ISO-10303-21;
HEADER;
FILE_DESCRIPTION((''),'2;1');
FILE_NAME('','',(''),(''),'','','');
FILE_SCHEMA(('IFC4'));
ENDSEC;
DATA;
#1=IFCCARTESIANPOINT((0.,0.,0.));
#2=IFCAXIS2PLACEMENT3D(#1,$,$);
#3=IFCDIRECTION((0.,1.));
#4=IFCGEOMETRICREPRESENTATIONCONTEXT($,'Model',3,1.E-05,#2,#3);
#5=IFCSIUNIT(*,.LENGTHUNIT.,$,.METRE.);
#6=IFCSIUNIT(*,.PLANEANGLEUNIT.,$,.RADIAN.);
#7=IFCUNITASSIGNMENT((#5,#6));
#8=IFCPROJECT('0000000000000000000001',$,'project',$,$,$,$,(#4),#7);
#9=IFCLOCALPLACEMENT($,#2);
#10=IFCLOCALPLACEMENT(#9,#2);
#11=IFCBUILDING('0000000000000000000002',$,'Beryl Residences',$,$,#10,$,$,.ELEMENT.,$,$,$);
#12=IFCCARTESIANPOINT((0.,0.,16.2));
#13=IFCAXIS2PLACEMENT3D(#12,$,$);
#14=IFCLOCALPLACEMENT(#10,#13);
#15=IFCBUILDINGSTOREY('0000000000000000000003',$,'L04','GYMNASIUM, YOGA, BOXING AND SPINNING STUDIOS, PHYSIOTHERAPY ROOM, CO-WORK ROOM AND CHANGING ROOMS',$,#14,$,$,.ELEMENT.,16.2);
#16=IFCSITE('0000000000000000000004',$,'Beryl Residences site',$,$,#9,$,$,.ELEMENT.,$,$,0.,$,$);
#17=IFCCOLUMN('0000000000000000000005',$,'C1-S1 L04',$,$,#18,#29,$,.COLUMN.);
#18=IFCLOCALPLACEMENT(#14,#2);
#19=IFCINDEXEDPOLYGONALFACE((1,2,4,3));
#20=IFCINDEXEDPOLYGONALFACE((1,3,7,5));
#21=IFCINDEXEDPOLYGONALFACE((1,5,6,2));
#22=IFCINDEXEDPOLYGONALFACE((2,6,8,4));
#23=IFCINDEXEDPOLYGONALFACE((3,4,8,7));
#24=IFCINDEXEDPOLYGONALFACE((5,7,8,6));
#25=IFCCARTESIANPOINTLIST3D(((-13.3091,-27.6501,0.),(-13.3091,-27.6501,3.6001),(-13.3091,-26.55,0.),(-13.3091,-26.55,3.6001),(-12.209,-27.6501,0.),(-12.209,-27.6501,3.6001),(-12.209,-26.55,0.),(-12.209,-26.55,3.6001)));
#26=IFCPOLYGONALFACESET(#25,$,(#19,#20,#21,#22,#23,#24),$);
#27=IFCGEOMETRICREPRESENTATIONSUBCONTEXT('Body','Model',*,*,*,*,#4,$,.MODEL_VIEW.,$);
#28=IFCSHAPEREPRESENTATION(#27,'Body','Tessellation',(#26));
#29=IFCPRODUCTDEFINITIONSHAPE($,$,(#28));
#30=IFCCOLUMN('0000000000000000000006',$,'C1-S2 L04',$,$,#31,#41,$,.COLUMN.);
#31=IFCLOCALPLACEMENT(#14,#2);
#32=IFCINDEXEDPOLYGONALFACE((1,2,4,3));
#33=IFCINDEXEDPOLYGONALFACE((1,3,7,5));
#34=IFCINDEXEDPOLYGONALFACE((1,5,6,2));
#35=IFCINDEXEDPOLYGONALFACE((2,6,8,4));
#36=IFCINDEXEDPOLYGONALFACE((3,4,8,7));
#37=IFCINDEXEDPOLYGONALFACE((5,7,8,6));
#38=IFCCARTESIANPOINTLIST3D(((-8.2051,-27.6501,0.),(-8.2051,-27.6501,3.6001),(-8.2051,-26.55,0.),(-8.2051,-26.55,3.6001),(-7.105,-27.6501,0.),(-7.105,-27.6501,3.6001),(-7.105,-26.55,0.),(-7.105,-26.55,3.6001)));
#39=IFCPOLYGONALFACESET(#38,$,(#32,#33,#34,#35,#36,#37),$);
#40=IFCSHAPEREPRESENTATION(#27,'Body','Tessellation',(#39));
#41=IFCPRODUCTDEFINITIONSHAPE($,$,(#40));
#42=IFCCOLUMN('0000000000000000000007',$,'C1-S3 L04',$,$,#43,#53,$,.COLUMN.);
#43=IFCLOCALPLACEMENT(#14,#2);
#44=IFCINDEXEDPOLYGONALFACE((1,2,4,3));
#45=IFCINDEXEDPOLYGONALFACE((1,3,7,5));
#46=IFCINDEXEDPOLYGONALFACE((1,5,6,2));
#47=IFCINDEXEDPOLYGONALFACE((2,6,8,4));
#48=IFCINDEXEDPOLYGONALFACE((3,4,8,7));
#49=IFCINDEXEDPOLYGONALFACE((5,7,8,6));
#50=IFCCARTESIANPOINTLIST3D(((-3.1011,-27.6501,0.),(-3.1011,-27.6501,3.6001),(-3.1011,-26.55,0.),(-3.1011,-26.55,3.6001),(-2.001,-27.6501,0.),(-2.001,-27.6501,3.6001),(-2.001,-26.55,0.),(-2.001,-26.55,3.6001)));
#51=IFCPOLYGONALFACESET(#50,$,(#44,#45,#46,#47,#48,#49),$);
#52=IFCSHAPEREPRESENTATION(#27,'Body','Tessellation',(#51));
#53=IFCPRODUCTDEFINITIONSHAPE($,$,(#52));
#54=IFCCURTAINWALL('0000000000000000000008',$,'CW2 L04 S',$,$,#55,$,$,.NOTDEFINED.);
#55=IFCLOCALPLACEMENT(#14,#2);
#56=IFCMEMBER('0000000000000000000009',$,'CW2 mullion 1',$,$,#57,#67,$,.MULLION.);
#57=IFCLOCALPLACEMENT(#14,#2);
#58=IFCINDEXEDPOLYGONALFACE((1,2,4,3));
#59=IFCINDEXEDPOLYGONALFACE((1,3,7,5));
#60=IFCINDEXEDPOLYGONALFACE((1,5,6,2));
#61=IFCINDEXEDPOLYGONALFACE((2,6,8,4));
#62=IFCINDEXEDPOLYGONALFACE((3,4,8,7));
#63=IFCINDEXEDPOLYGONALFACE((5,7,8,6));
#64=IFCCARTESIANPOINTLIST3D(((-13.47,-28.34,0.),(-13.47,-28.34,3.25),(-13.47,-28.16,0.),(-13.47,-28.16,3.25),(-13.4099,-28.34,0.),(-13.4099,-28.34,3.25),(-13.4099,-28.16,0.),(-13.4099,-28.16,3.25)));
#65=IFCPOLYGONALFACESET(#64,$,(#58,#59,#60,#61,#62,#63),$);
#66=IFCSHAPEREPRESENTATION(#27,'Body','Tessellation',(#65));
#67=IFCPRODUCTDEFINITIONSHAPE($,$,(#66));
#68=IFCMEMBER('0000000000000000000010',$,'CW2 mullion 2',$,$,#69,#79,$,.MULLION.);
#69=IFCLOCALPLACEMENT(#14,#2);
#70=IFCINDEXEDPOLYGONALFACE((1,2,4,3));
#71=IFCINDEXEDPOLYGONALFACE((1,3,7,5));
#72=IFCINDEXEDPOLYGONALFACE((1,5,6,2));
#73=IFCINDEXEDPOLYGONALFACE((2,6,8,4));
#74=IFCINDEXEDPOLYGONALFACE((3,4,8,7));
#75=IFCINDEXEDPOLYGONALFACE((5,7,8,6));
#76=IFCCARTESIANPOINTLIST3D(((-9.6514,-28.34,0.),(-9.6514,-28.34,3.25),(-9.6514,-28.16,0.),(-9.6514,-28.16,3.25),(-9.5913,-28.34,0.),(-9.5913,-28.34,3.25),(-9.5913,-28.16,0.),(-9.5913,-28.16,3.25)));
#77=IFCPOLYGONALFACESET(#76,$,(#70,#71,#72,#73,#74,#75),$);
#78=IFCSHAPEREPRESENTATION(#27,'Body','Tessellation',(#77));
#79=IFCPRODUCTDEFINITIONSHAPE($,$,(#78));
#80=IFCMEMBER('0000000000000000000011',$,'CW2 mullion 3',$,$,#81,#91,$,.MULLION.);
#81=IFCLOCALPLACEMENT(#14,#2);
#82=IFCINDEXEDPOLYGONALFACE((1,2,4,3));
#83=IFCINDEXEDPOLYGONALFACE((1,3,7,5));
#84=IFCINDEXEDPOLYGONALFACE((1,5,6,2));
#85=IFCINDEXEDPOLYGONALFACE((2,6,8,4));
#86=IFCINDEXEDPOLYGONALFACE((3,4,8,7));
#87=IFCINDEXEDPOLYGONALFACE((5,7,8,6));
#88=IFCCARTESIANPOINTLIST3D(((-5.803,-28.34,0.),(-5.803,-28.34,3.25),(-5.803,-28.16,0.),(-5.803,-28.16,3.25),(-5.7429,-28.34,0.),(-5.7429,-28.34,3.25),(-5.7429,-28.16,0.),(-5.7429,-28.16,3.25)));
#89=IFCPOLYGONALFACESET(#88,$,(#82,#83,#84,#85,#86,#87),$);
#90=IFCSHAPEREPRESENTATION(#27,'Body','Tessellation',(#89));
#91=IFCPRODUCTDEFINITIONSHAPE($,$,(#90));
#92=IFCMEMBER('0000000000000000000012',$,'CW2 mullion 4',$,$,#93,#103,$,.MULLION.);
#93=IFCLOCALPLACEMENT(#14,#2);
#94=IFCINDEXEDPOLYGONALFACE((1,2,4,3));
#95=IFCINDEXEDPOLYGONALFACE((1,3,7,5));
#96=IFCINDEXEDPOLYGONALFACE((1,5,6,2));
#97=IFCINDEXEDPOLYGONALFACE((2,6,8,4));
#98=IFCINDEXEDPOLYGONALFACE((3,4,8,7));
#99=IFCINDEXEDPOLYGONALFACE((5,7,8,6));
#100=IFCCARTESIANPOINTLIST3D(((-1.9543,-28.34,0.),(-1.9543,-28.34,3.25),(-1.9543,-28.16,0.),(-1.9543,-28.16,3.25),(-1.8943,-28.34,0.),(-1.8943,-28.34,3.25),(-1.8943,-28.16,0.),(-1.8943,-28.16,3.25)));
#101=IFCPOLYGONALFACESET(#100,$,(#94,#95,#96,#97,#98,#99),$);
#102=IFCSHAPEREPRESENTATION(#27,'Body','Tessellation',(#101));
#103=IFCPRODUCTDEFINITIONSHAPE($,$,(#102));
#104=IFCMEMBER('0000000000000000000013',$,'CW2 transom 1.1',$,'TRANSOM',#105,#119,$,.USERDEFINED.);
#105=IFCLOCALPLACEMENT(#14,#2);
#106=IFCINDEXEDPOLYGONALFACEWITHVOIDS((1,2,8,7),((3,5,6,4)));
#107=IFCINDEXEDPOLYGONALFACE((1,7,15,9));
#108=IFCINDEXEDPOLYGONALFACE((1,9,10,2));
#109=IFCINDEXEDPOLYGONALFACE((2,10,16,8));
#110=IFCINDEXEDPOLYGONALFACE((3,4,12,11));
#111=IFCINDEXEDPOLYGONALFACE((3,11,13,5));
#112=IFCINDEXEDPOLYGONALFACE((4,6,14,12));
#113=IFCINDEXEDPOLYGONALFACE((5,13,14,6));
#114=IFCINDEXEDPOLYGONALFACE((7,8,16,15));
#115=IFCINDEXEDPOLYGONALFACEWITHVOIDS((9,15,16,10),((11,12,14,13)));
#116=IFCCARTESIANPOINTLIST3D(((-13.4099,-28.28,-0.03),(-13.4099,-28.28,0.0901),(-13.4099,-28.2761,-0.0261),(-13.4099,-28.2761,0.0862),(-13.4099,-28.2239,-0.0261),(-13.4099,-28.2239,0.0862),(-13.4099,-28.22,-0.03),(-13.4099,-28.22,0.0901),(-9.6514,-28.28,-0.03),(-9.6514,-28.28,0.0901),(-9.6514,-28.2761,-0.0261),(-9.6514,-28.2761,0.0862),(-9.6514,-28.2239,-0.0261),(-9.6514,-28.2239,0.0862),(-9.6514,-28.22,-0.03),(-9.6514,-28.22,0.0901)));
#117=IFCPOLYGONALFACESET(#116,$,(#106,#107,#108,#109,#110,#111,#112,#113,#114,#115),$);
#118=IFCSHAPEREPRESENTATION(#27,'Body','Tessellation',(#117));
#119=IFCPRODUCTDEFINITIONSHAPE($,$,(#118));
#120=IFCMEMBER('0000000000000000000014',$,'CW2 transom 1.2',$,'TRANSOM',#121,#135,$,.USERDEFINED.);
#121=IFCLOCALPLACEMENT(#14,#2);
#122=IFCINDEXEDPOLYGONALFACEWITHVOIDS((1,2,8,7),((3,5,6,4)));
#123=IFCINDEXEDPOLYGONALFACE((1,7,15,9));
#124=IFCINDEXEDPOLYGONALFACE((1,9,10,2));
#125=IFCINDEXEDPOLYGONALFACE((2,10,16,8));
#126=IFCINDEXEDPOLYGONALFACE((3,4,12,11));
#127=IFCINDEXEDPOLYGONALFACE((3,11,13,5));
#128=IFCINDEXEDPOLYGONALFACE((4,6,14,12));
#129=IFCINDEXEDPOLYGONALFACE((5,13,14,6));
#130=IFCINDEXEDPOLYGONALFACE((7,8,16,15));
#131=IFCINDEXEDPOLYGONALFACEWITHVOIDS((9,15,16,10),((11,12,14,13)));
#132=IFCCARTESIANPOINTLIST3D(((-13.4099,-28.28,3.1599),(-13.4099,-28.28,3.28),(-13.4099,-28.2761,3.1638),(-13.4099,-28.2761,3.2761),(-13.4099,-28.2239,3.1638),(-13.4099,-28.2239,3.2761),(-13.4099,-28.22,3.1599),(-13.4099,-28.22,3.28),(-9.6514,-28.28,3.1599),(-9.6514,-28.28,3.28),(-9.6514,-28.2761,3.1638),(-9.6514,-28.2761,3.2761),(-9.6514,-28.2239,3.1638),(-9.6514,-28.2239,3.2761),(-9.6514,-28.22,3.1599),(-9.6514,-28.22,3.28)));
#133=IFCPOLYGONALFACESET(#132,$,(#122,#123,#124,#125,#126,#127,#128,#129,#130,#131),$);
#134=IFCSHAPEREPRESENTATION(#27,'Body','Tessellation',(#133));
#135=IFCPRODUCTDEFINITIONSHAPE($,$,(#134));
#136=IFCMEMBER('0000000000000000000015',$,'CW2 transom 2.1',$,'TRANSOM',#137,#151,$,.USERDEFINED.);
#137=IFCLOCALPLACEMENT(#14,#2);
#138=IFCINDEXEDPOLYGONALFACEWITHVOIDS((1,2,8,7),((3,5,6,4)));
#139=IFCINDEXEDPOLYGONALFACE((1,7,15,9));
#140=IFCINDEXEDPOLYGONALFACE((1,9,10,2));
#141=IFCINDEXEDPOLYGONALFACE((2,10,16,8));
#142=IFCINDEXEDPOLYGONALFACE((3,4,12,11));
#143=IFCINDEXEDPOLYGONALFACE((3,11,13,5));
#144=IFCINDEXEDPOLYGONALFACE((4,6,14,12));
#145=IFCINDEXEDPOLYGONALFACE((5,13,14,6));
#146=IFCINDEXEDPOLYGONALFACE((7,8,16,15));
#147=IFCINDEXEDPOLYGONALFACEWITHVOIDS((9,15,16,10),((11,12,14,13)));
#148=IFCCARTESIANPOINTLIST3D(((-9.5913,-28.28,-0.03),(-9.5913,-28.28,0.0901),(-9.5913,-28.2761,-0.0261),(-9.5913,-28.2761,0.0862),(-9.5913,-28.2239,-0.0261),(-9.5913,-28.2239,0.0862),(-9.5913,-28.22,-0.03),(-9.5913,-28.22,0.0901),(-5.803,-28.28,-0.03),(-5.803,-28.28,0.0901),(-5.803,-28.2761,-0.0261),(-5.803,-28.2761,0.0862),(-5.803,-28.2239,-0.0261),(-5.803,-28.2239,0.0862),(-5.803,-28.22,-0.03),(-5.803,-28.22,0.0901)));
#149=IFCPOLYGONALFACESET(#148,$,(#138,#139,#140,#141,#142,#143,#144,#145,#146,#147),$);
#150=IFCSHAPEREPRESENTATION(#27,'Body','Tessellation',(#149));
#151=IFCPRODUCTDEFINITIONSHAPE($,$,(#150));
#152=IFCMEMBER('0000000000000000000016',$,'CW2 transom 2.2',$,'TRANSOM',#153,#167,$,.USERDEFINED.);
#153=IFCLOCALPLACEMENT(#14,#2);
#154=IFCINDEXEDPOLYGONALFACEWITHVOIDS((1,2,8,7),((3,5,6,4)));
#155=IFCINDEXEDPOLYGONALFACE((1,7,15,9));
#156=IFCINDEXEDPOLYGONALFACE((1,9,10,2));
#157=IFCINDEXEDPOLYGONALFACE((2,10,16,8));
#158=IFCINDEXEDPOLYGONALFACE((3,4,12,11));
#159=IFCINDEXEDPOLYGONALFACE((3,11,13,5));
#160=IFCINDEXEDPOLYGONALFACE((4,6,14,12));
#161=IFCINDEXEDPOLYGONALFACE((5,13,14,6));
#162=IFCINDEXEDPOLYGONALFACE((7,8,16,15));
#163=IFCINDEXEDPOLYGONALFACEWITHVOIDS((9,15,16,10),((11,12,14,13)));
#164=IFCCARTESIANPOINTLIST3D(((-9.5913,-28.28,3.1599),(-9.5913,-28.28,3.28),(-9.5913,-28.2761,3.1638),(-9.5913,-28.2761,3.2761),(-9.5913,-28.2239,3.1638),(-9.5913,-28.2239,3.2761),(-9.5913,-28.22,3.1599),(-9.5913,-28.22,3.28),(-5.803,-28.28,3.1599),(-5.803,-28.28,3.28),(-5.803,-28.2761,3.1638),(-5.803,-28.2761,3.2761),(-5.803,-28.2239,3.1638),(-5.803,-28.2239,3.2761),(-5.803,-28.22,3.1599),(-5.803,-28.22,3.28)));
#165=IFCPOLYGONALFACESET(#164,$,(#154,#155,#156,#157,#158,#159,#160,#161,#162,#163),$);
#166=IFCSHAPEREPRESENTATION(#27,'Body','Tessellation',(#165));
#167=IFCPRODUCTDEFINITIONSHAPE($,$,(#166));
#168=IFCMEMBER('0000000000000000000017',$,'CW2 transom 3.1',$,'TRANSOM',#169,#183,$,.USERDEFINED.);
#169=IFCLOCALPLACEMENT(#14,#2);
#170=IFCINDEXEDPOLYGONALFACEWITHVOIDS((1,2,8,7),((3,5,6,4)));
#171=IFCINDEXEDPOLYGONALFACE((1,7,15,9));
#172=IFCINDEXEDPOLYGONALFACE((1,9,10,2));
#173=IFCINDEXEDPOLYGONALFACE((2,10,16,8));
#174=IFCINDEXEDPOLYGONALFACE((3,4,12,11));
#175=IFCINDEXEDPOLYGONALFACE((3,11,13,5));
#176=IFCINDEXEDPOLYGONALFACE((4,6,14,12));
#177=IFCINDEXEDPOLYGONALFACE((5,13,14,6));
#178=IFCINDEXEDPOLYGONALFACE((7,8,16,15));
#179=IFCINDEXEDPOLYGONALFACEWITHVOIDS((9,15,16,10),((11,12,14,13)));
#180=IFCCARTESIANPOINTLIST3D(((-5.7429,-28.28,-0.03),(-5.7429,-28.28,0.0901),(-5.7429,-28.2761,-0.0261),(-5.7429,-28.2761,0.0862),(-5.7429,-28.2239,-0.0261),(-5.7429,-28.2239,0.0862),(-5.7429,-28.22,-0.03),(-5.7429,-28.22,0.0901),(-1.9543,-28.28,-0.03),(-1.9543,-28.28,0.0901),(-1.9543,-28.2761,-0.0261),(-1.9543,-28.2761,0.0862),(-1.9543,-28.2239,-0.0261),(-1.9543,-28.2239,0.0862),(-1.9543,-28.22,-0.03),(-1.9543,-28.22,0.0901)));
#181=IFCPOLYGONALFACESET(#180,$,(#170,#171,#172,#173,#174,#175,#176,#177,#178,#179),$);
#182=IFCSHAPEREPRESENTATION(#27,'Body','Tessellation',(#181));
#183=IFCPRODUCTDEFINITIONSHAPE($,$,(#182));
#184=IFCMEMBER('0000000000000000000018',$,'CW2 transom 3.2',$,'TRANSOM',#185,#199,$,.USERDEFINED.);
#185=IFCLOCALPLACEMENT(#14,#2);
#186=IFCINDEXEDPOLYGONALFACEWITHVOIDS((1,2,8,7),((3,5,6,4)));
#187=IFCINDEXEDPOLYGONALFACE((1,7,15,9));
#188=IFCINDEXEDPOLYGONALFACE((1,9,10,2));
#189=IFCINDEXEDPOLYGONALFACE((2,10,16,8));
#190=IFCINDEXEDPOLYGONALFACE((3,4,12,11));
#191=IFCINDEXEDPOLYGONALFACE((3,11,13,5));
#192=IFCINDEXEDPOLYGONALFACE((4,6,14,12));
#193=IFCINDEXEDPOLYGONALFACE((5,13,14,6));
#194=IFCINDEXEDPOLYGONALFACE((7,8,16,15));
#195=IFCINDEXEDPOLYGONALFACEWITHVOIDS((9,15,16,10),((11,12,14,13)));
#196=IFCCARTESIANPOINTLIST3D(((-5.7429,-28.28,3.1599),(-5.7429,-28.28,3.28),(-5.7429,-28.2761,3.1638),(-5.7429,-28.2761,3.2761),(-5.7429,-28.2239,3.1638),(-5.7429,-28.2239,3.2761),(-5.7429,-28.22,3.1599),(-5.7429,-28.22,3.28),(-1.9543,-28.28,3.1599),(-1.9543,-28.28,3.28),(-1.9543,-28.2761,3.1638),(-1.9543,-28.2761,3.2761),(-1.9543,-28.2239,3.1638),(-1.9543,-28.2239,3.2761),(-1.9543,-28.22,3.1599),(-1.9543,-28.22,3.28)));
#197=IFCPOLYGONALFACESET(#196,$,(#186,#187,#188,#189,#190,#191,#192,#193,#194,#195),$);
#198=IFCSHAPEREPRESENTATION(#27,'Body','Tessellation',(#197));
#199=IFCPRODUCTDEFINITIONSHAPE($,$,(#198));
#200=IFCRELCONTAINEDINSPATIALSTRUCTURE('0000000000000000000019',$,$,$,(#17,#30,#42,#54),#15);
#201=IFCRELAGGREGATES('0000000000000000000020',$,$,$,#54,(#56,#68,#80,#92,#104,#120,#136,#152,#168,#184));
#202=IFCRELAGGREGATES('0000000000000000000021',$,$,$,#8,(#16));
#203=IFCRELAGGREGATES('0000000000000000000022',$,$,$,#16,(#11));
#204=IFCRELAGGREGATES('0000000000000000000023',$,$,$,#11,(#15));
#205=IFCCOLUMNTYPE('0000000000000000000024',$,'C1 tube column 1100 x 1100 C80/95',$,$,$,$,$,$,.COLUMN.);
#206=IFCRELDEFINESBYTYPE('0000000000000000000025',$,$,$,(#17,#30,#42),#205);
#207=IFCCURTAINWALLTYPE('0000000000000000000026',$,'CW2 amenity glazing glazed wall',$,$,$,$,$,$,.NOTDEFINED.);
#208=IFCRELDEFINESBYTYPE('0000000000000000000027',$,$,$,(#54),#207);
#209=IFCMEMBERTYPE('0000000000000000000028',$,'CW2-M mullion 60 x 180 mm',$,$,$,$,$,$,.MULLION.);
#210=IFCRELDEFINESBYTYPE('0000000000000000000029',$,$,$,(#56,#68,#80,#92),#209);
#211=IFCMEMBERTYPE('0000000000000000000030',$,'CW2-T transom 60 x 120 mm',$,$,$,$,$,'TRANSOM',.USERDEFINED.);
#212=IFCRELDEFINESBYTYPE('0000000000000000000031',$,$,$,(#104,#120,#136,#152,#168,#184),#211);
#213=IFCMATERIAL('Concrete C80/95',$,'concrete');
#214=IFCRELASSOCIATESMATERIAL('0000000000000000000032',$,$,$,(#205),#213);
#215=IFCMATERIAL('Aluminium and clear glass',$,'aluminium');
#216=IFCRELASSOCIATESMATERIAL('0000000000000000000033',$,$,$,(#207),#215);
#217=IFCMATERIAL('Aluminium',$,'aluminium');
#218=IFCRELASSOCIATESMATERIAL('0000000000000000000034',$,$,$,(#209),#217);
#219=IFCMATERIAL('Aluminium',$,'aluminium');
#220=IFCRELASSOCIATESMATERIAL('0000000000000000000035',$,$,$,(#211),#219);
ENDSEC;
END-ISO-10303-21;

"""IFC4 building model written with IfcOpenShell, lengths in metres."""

from ifc_helpers import new_model, si_unit, direction, frame, origin, origin_2d, place, context, subcontext, project, spatial, rectangle, hollow_rectangle, extrude, material, material_profile, profile_set, type_object, element, aggregate, save


model = new_model("IFC4")

# Units and contexts
model_context = context("Model", 3, precision=1e-05, world=origin(), true_north=direction((0.0, 1.0)))
body_context = subcontext(model_context, "Body", "Model", "MODEL_VIEW")
ifc_project = project(units=[si_unit("LENGTHUNIT", "METRE"), si_unit("PLANEANGLEUNIT", "RADIAN")], contexts=[model_context])

# Site, building, storey
site_placement = place(None, origin())
site = spatial("IfcSite", under=ifc_project, at=site_placement, Name="Beryl Residences site", CompositionType="ELEMENT", RefElevation=0.0)
building_placement = place(site_placement, origin())
building = spatial("IfcBuilding", under=site, at=building_placement, Name="Beryl Residences", CompositionType="ELEMENT")
storey_placement = place(building_placement, frame((0.0, 0.0, 16.2)))
storey = spatial("IfcBuildingStorey", under=building, at=storey_placement, Name="L04", Description="GYMNASIUM, YOGA, BOXING AND SPINNING STUDIOS, PHYSIOTHERAPY ROOM, CO-WORK ROOM AND CHANGING ROOMS", CompositionType="ELEMENT", Elevation=16.2)

# Columns
ifc_material_1 = material(Name="Concrete C80/95", Category="concrete")
ifc_material_profile_1 = material_profile(ifc_material_1, rectangle(XDim=1.1001, YDim=1.1001, at=origin_2d()))
ifc_profile_set_1 = profile_set([ifc_material_profile_1], Name="Concrete C80/95")
column_type = type_object("IfcColumnType", Name="C1 tube column 1100 x 1100 C80/95", PredefinedType="COLUMN", material=ifc_profile_set_1)
for number, where, z_axis, x_axis, name in (
    (1, (-12.759, -27.1001, 0.0), (0.0, 0.0, 1.0), (1.0, 0.0, 0.0), "C1-S1 L04"),
    (2, (-7.655, -27.1001, 0.0), (0.0, 0.0, 1.0), (1.0, 0.0, 0.0), "C1-S2 L04"),
    (3, (-2.551, -27.1001, 0.0), (0.0, 0.0, 1.0), (1.0, 0.0, 0.0), "C1-S3 L04"),
):
    element("IfcColumn", number, at=place(storey_placement, frame(where, z_axis=z_axis, x_axis=x_axis)), inside=storey, type_object=column_type, Name=name, PredefinedType="COLUMN", context=body_context, shape_type="SweptSolid", body=[
        extrude(rectangle(XDim=1.1001, YDim=1.1001, at=origin_2d()), origin(), (0.0, 0.0, 1.0), 3.6001),
    ])

# Curtain wall, members
ifc_material_2 = material(Name="Aluminium and clear glass", Category="aluminium")
curtain_wall_type = type_object("IfcCurtainWallType", Name="CW2 amenity glazing glazed wall", PredefinedType="NOTDEFINED", material=ifc_material_2)
curtain_wall_placement = place(storey_placement, origin())
curtain_wall = element("IfcCurtainWall", 4, at=curtain_wall_placement, inside=storey, type_object=curtain_wall_type, Name="CW2 L04 S", PredefinedType="NOTDEFINED")
ifc_material_3 = material(Name="Aluminium", Category="aluminium")
ifc_material_profile_2 = material_profile(ifc_material_3, rectangle(XDim=0.0601, YDim=0.1799, at=origin_2d()))
ifc_profile_set_2 = profile_set([ifc_material_profile_2], Name="Aluminium")
member_type_1 = type_object("IfcMemberType", Name="CW2-M mullion 60 x 180 mm", PredefinedType="MULLION", material=ifc_profile_set_2)
member_1_placement = place(storey_placement, frame((-13.4399, -28.25, 0.0), z_axis=(0.0, 0.0, 1.0), x_axis=(1.0, 0.0, 0.0)))
member_1 = element("IfcMember", 5, at=member_1_placement, type_object=member_type_1, Name="CW2 mullion 1", PredefinedType="MULLION", context=body_context, shape_type="SweptSolid", body=[
    extrude(rectangle(XDim=0.0601, YDim=0.1799, at=origin_2d()), origin(), (0.0, 0.0, 1.0), 3.25),
])
member_2_placement = place(storey_placement, frame((-9.6213, -28.25, 0.0), z_axis=(0.0, 0.0, 1.0), x_axis=(1.0, 0.0, 0.0)))
member_2 = element("IfcMember", 6, at=member_2_placement, type_object=member_type_1, Name="CW2 mullion 2", PredefinedType="MULLION", context=body_context, shape_type="SweptSolid", body=[
    extrude(rectangle(XDim=0.0601, YDim=0.1799, at=origin_2d()), origin(), (0.0, 0.0, 1.0), 3.25),
])
member_3_placement = place(storey_placement, frame((-5.7729, -28.25, 0.0), z_axis=(0.0, 0.0, 1.0), x_axis=(1.0, 0.0, 0.0)))
member_3 = element("IfcMember", 7, at=member_3_placement, type_object=member_type_1, Name="CW2 mullion 3", PredefinedType="MULLION", context=body_context, shape_type="SweptSolid", body=[
    extrude(rectangle(XDim=0.0601, YDim=0.1799, at=origin_2d()), origin(), (0.0, 0.0, 1.0), 3.25),
])
member_4_placement = place(storey_placement, frame((-1.9243, -28.25, 0.0), z_axis=(0.0, 0.0, 1.0), x_axis=(1.0, 0.0, 0.0)))
member_4 = element("IfcMember", 8, at=member_4_placement, type_object=member_type_1, Name="CW2 mullion 4", PredefinedType="MULLION", context=body_context, shape_type="SweptSolid", body=[
    extrude(rectangle(XDim=0.0601, YDim=0.1799, at=origin_2d()), origin(), (0.0, 0.0, 1.0), 3.25),
])
ifc_material_4 = material(Name="Aluminium", Category="aluminium")
ifc_material_profile_3 = material_profile(ifc_material_4, hollow_rectangle(XDim=0.0601, YDim=0.1201, WallThickness=0.0039, at=origin_2d()))
ifc_profile_set_3 = profile_set([ifc_material_profile_3], Name="Aluminium")
member_type_2 = type_object("IfcMemberType", Name="CW2-T transom 60 x 120 mm", ElementType="TRANSOM", PredefinedType="USERDEFINED", material=ifc_profile_set_3)
member_5_placement = place(storey_placement, frame((-13.4099, -28.25, 0.03), z_axis=(1.0, 0.0, 0.0), x_axis=(0.0, 1.0, 0.0)))
member_5 = element("IfcMember", 9, at=member_5_placement, type_object=member_type_2, Name="CW2 transom 1.1", ObjectType="TRANSOM", PredefinedType="USERDEFINED", context=body_context, shape_type="SweptSolid", body=[
    extrude(hollow_rectangle(XDim=0.0601, YDim=0.1201, WallThickness=0.0039, at=origin_2d()), origin(), (0.0, 0.0, 1.0), 3.7585),
])
member_6_placement = place(storey_placement, frame((-13.4099, -28.25, 3.22), z_axis=(1.0, 0.0, 0.0), x_axis=(0.0, 1.0, 0.0)))
member_6 = element("IfcMember", 10, at=member_6_placement, type_object=member_type_2, Name="CW2 transom 1.2", ObjectType="TRANSOM", PredefinedType="USERDEFINED", context=body_context, shape_type="SweptSolid", body=[
    extrude(hollow_rectangle(XDim=0.0601, YDim=0.1201, WallThickness=0.0039, at=origin_2d()), origin(), (0.0, 0.0, 1.0), 3.7585),
])
member_7_placement = place(storey_placement, frame((-9.5913, -28.25, 0.03), z_axis=(1.0, 0.0, 0.0), x_axis=(0.0, 1.0, 0.0)))
member_7 = element("IfcMember", 11, at=member_7_placement, type_object=member_type_2, Name="CW2 transom 2.1", ObjectType="TRANSOM", PredefinedType="USERDEFINED", context=body_context, shape_type="SweptSolid", body=[
    extrude(hollow_rectangle(XDim=0.0601, YDim=0.1201, WallThickness=0.0039, at=origin_2d()), origin(), (0.0, 0.0, 1.0), 3.7883),
])
member_8_placement = place(storey_placement, frame((-9.5913, -28.25, 3.22), z_axis=(1.0, 0.0, 0.0), x_axis=(0.0, 1.0, 0.0)))
member_8 = element("IfcMember", 12, at=member_8_placement, type_object=member_type_2, Name="CW2 transom 2.2", ObjectType="TRANSOM", PredefinedType="USERDEFINED", context=body_context, shape_type="SweptSolid", body=[
    extrude(hollow_rectangle(XDim=0.0601, YDim=0.1201, WallThickness=0.0039, at=origin_2d()), origin(), (0.0, 0.0, 1.0), 3.7883),
])
member_9_placement = place(storey_placement, frame((-5.7429, -28.25, 0.03), z_axis=(1.0, 0.0, 0.0), x_axis=(0.0, 1.0, 0.0)))
member_9 = element("IfcMember", 13, at=member_9_placement, type_object=member_type_2, Name="CW2 transom 3.1", ObjectType="TRANSOM", PredefinedType="USERDEFINED", context=body_context, shape_type="SweptSolid", body=[
    extrude(hollow_rectangle(XDim=0.0601, YDim=0.1201, WallThickness=0.0039, at=origin_2d()), origin(), (0.0, 0.0, 1.0), 3.7886),
])
member_10_placement = place(storey_placement, frame((-5.7429, -28.25, 3.22), z_axis=(1.0, 0.0, 0.0), x_axis=(0.0, 1.0, 0.0)))
member_10 = element("IfcMember", 14, at=member_10_placement, type_object=member_type_2, Name="CW2 transom 3.2", ObjectType="TRANSOM", PredefinedType="USERDEFINED", context=body_context, shape_type="SweptSolid", body=[
    extrude(hollow_rectangle(XDim=0.0601, YDim=0.1201, WallThickness=0.0039, at=origin_2d()), origin(), (0.0, 0.0, 1.0), 3.7886),
])

aggregate(curtain_wall, [member_1, member_2, member_3, member_4, member_5, member_6, member_7, member_8, member_9, member_10])

save(model, "model.ifc")
